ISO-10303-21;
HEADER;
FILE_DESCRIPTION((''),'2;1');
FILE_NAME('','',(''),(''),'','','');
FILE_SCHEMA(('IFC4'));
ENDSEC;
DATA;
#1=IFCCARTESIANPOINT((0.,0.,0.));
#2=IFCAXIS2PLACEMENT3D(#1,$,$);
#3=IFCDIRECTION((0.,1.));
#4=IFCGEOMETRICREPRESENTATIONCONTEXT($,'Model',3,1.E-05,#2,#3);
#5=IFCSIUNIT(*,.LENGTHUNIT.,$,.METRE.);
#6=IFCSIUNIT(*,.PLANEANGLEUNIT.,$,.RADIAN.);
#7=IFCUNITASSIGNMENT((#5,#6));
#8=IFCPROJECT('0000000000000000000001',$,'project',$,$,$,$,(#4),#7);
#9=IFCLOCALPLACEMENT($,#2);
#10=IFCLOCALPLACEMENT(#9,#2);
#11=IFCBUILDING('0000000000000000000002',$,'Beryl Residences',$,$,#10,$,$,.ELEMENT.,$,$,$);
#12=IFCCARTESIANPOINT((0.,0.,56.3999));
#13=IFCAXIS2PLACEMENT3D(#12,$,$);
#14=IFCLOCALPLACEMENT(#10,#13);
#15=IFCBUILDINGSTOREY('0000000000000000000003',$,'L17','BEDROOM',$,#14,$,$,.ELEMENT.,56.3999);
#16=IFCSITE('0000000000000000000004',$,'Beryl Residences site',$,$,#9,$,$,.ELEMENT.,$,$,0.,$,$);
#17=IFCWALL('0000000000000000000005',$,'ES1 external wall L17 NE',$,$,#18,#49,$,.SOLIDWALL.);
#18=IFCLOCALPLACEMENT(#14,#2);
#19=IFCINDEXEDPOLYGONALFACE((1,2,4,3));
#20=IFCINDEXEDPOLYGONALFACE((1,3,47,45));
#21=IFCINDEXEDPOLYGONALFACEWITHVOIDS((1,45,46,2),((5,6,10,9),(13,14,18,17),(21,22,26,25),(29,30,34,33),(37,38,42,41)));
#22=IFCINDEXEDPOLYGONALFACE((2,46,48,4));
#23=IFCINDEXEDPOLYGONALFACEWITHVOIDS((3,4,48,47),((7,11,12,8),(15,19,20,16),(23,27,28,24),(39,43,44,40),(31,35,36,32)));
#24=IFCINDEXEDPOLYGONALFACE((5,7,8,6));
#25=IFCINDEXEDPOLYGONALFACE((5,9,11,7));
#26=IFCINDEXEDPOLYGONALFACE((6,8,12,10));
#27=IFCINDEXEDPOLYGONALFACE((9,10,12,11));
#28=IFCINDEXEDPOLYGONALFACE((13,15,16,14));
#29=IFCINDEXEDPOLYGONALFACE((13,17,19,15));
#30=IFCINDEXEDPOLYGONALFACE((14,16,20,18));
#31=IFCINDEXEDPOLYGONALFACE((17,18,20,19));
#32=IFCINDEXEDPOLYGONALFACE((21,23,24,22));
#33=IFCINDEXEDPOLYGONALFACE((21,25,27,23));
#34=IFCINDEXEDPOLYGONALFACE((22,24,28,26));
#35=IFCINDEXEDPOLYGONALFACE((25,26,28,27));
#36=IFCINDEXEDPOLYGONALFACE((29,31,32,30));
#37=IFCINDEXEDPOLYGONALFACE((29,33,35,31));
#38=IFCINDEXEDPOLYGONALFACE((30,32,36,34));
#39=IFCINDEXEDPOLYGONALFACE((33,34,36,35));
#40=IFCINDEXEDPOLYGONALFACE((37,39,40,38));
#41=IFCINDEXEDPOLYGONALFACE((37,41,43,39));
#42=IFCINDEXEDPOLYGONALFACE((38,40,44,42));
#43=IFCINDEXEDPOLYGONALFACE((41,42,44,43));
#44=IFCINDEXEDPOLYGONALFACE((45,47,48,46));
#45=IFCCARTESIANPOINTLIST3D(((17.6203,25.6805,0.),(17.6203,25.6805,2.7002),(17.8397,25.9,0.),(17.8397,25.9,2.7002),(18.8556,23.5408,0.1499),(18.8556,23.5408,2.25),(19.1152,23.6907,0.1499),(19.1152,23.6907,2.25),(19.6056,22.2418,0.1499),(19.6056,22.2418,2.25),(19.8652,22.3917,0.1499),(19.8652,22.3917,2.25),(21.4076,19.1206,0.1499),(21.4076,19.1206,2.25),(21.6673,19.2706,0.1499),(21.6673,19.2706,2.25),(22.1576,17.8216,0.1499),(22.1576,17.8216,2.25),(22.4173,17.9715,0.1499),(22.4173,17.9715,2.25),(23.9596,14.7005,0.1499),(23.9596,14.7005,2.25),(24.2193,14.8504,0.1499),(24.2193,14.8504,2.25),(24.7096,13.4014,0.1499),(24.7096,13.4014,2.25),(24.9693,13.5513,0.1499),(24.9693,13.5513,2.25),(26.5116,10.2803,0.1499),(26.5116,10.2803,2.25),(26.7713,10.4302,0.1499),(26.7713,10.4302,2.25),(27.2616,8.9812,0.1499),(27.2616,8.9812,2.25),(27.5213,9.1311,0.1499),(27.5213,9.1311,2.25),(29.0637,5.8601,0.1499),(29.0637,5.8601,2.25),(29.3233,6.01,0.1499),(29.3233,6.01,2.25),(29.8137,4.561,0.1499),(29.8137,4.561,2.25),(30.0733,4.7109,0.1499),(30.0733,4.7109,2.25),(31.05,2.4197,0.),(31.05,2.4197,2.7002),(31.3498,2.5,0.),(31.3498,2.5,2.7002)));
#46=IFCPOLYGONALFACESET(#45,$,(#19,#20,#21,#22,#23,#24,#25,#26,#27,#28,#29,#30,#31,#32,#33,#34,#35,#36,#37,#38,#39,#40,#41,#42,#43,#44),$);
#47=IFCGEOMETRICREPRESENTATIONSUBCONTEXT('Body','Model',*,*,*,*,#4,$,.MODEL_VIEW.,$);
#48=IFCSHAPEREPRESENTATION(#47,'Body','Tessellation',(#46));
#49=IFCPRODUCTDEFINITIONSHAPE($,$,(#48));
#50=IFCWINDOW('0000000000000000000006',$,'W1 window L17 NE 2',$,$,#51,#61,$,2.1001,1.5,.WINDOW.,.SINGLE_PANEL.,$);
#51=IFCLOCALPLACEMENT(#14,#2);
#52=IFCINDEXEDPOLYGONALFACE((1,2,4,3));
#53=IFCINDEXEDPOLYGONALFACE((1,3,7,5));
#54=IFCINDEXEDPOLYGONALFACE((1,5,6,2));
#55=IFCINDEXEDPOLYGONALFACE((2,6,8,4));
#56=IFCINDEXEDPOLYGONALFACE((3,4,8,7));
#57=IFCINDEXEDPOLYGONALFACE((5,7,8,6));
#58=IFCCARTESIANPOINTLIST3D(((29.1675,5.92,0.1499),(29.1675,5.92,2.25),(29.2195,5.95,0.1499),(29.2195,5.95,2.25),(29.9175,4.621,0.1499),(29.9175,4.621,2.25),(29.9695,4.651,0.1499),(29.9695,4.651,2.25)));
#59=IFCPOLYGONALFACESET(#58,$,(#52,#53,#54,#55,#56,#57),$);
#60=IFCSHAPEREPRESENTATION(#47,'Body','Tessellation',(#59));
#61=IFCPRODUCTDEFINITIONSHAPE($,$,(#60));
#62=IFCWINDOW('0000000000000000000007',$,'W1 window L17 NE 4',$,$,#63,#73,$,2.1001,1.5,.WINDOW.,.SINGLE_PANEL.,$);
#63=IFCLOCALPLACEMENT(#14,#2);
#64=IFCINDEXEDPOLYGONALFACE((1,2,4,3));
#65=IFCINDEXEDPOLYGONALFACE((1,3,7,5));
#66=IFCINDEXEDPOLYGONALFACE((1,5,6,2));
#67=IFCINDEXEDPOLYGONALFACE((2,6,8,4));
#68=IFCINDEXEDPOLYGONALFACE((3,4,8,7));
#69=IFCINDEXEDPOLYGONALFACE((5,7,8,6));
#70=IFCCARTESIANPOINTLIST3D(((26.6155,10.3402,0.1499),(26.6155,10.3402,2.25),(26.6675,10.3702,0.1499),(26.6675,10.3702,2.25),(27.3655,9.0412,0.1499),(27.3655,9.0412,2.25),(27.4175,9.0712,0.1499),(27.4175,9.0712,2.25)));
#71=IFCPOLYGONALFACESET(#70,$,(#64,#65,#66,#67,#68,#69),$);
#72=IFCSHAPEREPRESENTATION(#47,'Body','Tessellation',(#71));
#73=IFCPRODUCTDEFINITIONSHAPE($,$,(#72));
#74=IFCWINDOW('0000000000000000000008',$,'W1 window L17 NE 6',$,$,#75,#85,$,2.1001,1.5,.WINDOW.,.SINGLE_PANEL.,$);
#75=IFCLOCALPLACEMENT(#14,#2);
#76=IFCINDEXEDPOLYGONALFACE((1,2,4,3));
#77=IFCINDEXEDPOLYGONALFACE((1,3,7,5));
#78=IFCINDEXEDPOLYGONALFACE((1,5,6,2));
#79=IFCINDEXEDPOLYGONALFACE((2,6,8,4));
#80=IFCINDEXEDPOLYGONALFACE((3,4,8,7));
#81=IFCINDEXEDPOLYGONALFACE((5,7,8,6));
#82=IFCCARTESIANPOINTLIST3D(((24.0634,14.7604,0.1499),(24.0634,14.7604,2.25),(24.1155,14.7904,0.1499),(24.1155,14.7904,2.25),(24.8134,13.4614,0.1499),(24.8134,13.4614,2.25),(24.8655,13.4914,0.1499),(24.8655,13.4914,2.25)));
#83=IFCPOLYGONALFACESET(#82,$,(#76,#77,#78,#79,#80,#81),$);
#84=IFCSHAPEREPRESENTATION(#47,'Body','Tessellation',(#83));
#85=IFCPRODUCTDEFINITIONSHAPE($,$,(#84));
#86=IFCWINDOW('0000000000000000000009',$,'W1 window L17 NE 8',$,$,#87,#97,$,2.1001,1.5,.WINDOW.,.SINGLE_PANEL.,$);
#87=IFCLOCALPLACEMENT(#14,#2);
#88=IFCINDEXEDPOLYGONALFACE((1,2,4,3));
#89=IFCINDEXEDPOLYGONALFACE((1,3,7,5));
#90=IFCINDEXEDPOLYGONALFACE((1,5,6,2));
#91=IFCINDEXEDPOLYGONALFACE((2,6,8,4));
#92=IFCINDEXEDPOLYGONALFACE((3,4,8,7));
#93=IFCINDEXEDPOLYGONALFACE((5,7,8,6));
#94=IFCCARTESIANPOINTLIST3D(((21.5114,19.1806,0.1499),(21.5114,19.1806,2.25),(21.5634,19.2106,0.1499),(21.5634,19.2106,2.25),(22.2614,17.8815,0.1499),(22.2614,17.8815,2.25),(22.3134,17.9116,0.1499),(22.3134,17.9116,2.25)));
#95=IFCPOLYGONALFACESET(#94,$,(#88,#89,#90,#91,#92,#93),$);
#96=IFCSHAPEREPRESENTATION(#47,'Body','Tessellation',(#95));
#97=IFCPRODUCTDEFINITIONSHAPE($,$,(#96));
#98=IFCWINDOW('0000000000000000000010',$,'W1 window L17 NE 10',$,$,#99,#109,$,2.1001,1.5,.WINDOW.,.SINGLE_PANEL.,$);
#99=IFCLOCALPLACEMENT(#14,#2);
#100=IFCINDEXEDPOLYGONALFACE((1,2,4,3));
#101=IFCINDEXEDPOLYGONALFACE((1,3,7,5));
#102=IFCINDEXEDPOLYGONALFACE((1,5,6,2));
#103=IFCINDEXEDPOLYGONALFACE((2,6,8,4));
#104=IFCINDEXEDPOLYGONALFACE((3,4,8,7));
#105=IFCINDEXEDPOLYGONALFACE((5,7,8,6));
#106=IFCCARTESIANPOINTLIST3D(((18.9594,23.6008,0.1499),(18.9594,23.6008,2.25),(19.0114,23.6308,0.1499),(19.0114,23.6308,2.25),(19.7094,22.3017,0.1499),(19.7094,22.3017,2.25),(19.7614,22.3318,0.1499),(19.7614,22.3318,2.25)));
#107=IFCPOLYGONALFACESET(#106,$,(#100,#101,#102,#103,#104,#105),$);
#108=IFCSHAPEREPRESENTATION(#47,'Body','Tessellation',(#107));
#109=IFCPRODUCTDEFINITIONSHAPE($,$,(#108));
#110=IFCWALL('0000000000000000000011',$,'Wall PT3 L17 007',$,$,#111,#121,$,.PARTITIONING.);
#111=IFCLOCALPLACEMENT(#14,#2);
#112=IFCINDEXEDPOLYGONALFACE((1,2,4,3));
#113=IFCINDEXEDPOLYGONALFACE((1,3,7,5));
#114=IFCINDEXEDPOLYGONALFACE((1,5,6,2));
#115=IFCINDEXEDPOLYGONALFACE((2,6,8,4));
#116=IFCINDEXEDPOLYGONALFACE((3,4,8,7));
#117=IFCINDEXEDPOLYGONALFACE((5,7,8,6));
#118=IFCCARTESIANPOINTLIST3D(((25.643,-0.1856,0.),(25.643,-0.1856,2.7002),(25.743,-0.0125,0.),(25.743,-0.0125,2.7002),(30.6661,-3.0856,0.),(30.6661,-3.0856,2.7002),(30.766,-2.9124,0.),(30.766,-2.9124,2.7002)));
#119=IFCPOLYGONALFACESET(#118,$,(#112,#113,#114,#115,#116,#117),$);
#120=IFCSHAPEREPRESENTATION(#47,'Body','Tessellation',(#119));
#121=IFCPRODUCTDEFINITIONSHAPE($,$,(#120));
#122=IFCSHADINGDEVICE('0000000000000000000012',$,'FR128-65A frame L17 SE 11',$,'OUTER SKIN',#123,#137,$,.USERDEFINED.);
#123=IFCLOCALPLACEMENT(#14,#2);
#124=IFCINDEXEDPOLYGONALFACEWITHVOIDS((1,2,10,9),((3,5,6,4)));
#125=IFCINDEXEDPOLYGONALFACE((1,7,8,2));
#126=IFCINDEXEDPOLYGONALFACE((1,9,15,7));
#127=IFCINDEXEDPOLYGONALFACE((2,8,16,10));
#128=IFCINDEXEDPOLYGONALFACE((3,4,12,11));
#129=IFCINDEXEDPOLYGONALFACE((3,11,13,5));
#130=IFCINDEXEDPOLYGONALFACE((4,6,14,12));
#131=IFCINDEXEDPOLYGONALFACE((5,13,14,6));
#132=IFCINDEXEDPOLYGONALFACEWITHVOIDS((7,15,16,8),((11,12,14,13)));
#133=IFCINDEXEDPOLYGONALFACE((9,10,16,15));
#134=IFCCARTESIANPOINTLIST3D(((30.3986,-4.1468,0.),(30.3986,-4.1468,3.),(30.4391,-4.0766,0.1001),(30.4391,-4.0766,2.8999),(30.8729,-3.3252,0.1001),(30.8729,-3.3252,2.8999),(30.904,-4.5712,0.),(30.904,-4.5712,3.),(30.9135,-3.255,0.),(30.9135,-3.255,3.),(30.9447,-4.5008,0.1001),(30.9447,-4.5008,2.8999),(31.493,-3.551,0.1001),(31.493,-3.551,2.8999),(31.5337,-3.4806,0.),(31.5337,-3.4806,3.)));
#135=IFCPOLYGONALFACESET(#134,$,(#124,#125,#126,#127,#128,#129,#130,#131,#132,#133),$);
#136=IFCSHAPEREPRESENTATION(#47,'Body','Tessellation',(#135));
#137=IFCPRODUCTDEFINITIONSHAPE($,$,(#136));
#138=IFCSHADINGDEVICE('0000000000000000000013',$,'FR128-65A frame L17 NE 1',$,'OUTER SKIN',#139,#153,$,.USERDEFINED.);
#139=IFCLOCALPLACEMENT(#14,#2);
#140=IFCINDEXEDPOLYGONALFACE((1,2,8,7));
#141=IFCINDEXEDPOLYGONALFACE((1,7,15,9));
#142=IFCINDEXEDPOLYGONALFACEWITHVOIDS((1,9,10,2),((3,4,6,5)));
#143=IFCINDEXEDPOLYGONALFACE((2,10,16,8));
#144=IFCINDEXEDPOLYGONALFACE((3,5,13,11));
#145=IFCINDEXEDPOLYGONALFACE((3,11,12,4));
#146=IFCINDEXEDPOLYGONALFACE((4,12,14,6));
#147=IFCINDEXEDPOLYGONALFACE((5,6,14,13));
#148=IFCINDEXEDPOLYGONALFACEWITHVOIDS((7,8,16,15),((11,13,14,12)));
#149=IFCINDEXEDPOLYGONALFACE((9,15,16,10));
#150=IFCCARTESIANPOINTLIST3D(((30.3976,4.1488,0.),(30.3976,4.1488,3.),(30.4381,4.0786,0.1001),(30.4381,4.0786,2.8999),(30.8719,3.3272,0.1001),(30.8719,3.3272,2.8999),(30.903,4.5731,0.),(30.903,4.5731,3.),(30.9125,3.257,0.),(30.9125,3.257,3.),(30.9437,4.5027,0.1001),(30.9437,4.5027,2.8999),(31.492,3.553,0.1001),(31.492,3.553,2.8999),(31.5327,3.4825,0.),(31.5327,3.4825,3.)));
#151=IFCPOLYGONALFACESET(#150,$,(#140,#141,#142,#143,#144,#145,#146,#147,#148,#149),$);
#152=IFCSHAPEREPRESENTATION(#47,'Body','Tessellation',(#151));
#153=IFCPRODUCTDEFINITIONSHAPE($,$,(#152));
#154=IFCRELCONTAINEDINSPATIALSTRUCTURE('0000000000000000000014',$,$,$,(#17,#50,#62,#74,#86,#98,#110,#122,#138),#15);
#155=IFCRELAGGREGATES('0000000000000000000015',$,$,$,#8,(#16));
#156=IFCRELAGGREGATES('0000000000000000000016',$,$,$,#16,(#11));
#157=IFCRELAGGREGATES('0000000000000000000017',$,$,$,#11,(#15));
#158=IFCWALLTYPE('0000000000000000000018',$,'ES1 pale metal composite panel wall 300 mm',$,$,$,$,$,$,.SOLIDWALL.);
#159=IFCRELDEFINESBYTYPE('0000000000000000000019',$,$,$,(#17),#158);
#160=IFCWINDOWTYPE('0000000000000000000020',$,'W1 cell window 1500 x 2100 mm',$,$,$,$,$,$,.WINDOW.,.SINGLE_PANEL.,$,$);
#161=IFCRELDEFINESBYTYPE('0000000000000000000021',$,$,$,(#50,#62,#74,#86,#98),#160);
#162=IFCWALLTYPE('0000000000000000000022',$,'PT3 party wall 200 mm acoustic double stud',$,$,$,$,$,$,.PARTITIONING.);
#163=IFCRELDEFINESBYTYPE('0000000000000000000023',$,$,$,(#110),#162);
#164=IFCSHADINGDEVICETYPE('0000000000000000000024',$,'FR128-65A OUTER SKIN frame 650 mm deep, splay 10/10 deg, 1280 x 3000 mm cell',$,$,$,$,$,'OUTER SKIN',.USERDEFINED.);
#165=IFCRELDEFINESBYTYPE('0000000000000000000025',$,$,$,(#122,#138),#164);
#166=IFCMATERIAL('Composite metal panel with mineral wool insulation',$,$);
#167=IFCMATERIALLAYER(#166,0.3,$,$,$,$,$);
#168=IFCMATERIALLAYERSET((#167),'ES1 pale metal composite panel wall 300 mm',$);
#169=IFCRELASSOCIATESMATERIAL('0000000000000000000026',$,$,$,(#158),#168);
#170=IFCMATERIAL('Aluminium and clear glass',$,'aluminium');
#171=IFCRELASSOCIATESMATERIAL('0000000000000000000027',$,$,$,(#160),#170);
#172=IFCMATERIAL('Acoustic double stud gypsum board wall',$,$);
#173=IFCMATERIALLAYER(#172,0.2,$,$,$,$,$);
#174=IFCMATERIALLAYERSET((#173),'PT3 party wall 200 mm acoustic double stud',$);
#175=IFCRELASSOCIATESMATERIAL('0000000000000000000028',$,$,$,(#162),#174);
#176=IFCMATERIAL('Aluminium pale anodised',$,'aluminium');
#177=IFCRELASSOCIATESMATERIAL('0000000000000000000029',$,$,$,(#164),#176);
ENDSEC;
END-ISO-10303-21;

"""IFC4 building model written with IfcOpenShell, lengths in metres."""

from ifc_helpers import new_model, entity, si_unit, direction, frame, frame_2d, origin, place, context, subcontext, project, spatial, polyline, rectangle, outline, extrude, source, transform, mapped, material, layer, layer_set, type_object, type_shapes, element, fill, save


model = new_model("IFC4")

# Units and contexts
model_context = context("Model", 3, precision=1e-05, world=origin(), true_north=direction((0.0, 1.0)))
body_context = subcontext(model_context, "Body", "Model", "MODEL_VIEW")
ifc_project = project(units=[si_unit("LENGTHUNIT", "METRE"), si_unit("PLANEANGLEUNIT", "RADIAN")], contexts=[model_context])

# Site, building, storey
site_placement = place(None, origin())
site = spatial("IfcSite", under=ifc_project, at=site_placement, Name="Beryl Residences site", CompositionType="ELEMENT", RefElevation=0.0)
building_placement = place(site_placement, origin())
building = spatial("IfcBuilding", under=site, at=building_placement, Name="Beryl Residences", CompositionType="ELEMENT")
storey_placement = place(building_placement, frame((0.0, 0.0, 56.3999)))
storey = spatial("IfcBuildingStorey", under=building, at=storey_placement, Name="L17", Description="BEDROOM", CompositionType="ELEMENT", Elevation=56.3999)

# Shared definitions
ifc_material_1 = material(Name="Composite metal panel with mineral wool insulation")
ifc_layer_1 = layer(ifc_material_1, 0.3)
ifc_layer_set_1 = layer_set([ifc_layer_1], Name="ES1 pale metal composite panel wall 300 mm")
wall_type_1 = type_object("IfcWallType", Name="ES1 pale metal composite panel wall 300 mm", PredefinedType="SOLIDWALL", material=ifc_layer_set_1)

# Wall, openings, windows
wall_1_placement = place(storey_placement, frame((31.22, 2.425, 0.0), z_axis=(0.0, 0.0, 1.0), x_axis=(-0.500002, 0.866024, 0.0)))
wall_1 = element("IfcWall", 1, at=wall_1_placement, inside=storey, type_object=wall_type_1, Name="ES1 external wall L17 NE", PredefinedType="SOLIDWALL", context=body_context, shape_type="SweptSolid", body=[
    extrude(outline(polyline([(0.0, -0.1499), (27.02, -0.1499), (26.9397, 0.1499), (0.0803, 0.1499), (0.0, -0.1499)])), origin(), (0.0, 0.0, 1.0), 2.7002),
])
opening_1_placement = place(wall_1_placement, frame((2.553, 0.0, 0.1499)))
opening_1 = element("IfcOpeningElement", 2, at=opening_1_placement, cuts=wall_1, PredefinedType="OPENING", context=body_context, shape_type="SweptSolid", body=[
    extrude(rectangle(XDim=1.5, YDim=2.1001, at=frame_2d((0.75, 1.05))), frame((0.0, 0.1599, 0.0), z_axis=(0.0, -1.0, 0.0), x_axis=(1.0, 0.0, 0.0)), (0.0, 0.0, 1.0), 0.3201),
])
opening_2_placement = place(wall_1_placement, frame((7.657, 0.0, 0.1499)))
opening_2 = element("IfcOpeningElement", 3, at=opening_2_placement, cuts=wall_1, PredefinedType="OPENING", context=body_context, shape_type="SweptSolid", body=[
    extrude(rectangle(XDim=1.5, YDim=2.1001, at=frame_2d((0.75, 1.05))), frame((0.0, 0.1599, 0.0), z_axis=(0.0, -1.0, 0.0), x_axis=(1.0, 0.0, 0.0)), (0.0, 0.0, 1.0), 0.3201),
])
opening_3_placement = place(wall_1_placement, frame((12.761, 0.0, 0.1499)))
opening_3 = element("IfcOpeningElement", 4, at=opening_3_placement, cuts=wall_1, PredefinedType="OPENING", context=body_context, shape_type="SweptSolid", body=[
    extrude(rectangle(XDim=1.5, YDim=2.1001, at=frame_2d((0.75, 1.05))), frame((0.0, 0.1599, 0.0), z_axis=(0.0, -1.0, 0.0), x_axis=(1.0, 0.0, 0.0)), (0.0, 0.0, 1.0), 0.3201),
])
opening_4_placement = place(wall_1_placement, frame((17.865, 0.0, 0.1499)))
opening_4 = element("IfcOpeningElement", 5, at=opening_4_placement, cuts=wall_1, PredefinedType="OPENING", context=body_context, shape_type="SweptSolid", body=[
    extrude(rectangle(XDim=1.5, YDim=2.1001, at=frame_2d((0.75, 1.05))), frame((0.0, 0.1599, 0.0), z_axis=(0.0, -1.0, 0.0), x_axis=(1.0, 0.0, 0.0)), (0.0, 0.0, 1.0), 0.3201),
])
opening_5_placement = place(wall_1_placement, frame((22.969, 0.0, 0.1499)))
opening_5 = element("IfcOpeningElement", 6, at=opening_5_placement, cuts=wall_1, PredefinedType="OPENING", context=body_context, shape_type="SweptSolid", body=[
    extrude(rectangle(XDim=1.5, YDim=2.1001, at=frame_2d((0.75, 1.05))), frame((0.0, 0.1599, 0.0), z_axis=(0.0, -1.0, 0.0), x_axis=(1.0, 0.0, 0.0)), (0.0, 0.0, 1.0), 0.3201),
])
ifc_material_2 = material(Name="Aluminium and clear glass", Category="aluminium")
window_type_1 = type_object("IfcWindowType", Name="W1 cell window 1500 x 2100 mm", PartitioningType="SINGLE_PANEL", PredefinedType="WINDOW", material=ifc_material_2)
window_1_placement = place(opening_1_placement, origin())
window_1 = element("IfcWindow", 7, at=window_1_placement, inside=storey, type_object=window_type_1, Name="W1 window L17 NE 2", OverallHeight=2.1001, OverallWidth=1.5, PartitioningType="SINGLE_PANEL", PredefinedType="WINDOW", context=body_context, shape_type="SweptSolid", body=[
    extrude(rectangle(XDim=1.5, YDim=2.1001, at=frame_2d((0.75, 1.05))), frame((0.0, 0.03, 0.0), z_axis=(0.0, -1.0, 0.0), x_axis=(1.0, 0.0, 0.0)), (0.0, 0.0, 1.0), 0.0601),
])
fill(opening_1, window_1)
window_2_placement = place(opening_2_placement, origin())
window_2 = element("IfcWindow", 8, at=window_2_placement, inside=storey, type_object=window_type_1, Name="W1 window L17 NE 4", OverallHeight=2.1001, OverallWidth=1.5, PartitioningType="SINGLE_PANEL", PredefinedType="WINDOW", context=body_context, shape_type="SweptSolid", body=[
    extrude(rectangle(XDim=1.5, YDim=2.1001, at=frame_2d((0.75, 1.05))), frame((0.0, 0.03, 0.0), z_axis=(0.0, -1.0, 0.0), x_axis=(1.0, 0.0, 0.0)), (0.0, 0.0, 1.0), 0.0601),
])
fill(opening_2, window_2)
window_3_placement = place(opening_3_placement, origin())
window_3 = element("IfcWindow", 9, at=window_3_placement, inside=storey, type_object=window_type_1, Name="W1 window L17 NE 6", OverallHeight=2.1001, OverallWidth=1.5, PartitioningType="SINGLE_PANEL", PredefinedType="WINDOW", context=body_context, shape_type="SweptSolid", body=[
    extrude(rectangle(XDim=1.5, YDim=2.1001, at=frame_2d((0.75, 1.05))), frame((0.0, 0.03, 0.0), z_axis=(0.0, -1.0, 0.0), x_axis=(1.0, 0.0, 0.0)), (0.0, 0.0, 1.0), 0.0601),
])
fill(opening_3, window_3)
window_4_placement = place(opening_4_placement, origin())
window_4 = element("IfcWindow", 10, at=window_4_placement, inside=storey, type_object=window_type_1, Name="W1 window L17 NE 8", OverallHeight=2.1001, OverallWidth=1.5, PartitioningType="SINGLE_PANEL", PredefinedType="WINDOW", context=body_context, shape_type="SweptSolid", body=[
    extrude(rectangle(XDim=1.5, YDim=2.1001, at=frame_2d((0.75, 1.05))), frame((0.0, 0.03, 0.0), z_axis=(0.0, -1.0, 0.0), x_axis=(1.0, 0.0, 0.0)), (0.0, 0.0, 1.0), 0.0601),
])
fill(opening_4, window_4)
window_5_placement = place(opening_5_placement, origin())
window_5 = element("IfcWindow", 11, at=window_5_placement, inside=storey, type_object=window_type_1, Name="W1 window L17 NE 10", OverallHeight=2.1001, OverallWidth=1.5, PartitioningType="SINGLE_PANEL", PredefinedType="WINDOW", context=body_context, shape_type="SweptSolid", body=[
    extrude(rectangle(XDim=1.5, YDim=2.1001, at=frame_2d((0.75, 1.05))), frame((0.0, 0.03, 0.0), z_axis=(0.0, -1.0, 0.0), x_axis=(1.0, 0.0, 0.0)), (0.0, 0.0, 1.0), 0.0601),
])
fill(opening_5, window_5)

# Wall
ifc_material_3 = material(Name="Acoustic double stud gypsum board wall")
ifc_layer_2 = layer(ifc_material_3, 0.2)
ifc_layer_set_2 = layer_set([ifc_layer_2], Name="PT3 party wall 200 mm acoustic double stud")
wall_type_2 = type_object("IfcWallType", Name="PT3 party wall 200 mm acoustic double stud", PredefinedType="PARTITIONING", material=ifc_layer_set_2)
wall_2_placement = place(storey_placement, frame((25.6931, -0.0991, 0.0), z_axis=(0.0, 0.0, 1.0), x_axis=(0.866033, -0.499987, 0.0)))
element("IfcWall", 12, at=wall_2_placement, inside=storey, type_object=wall_type_2, Name="Wall PT3 L17 007", PredefinedType="PARTITIONING", context=body_context, shape_type="SweptSolid", body=[
    extrude(rectangle(XDim=5.8, YDim=0.2, at=frame_2d((2.8999, 0.0))), origin(), (0.0, 0.0, 1.0), 2.7002),
])

# Shading devices
ifc_material_4 = material(Name="Aluminium pale anodised", Category="aluminium")
shading_device_type_1 = type_object("IfcShadingDeviceType", Name="FR128-65A OUTER SKIN frame 650 mm deep, splay 10/10 deg, 1280 x 3000 mm cell", ElementType="OUTER SKIN", PredefinedType="USERDEFINED", material=ifc_material_4)
cartesian_point_1 = entity("IfcCartesianPoint", [-0.5149, 0.0])
cartesian_point_2 = entity("IfcCartesianPoint", [-0.4338, 0.1001])
cartesian_point_3 = entity("IfcCartesianPoint", [-0.6296, 0.0])
cartesian_point_4 = entity("IfcCartesianPoint", [-0.5483, 0.1001])
shared_shape_1 = source(origin(), body_context, "Body", "SweptSolid", [
    entity("IfcExtrudedAreaSolidTapered", entity("IfcArbitraryProfileDefWithVoids", "AREA", None, entity("IfcPolyline", [cartesian_point_1, entity("IfcCartesianPoint", [0.5149, 0.0]), entity("IfcCartesianPoint", [0.5149, 3.0]), entity("IfcCartesianPoint", [-0.5149, 3.0]), cartesian_point_1]), [entity("IfcPolyline", [cartesian_point_2, entity("IfcCartesianPoint", [0.4338, 0.1001]), entity("IfcCartesianPoint", [0.4338, 2.8999]), entity("IfcCartesianPoint", [-0.4338, 2.8999]), cartesian_point_2])]), entity("IfcAxis2Placement3D", entity("IfcCartesianPoint", [0.0, 0.0, 0.0]), entity("IfcDirection", [0.0, 1.0, 0.0]), entity("IfcDirection", [-1.0, 0.0, 0.0])), entity("IfcDirection", [0.0, 0.0, 1.0]), 0.6499, entity("IfcArbitraryProfileDefWithVoids", "AREA", None, entity("IfcPolyline", [cartesian_point_3, entity("IfcCartesianPoint", [0.6296, 0.0]), entity("IfcCartesianPoint", [0.6296, 3.0]), entity("IfcCartesianPoint", [-0.6296, 3.0]), cartesian_point_3]), [entity("IfcPolyline", [cartesian_point_4, entity("IfcCartesianPoint", [0.5483, 0.1001]), entity("IfcCartesianPoint", [0.5483, 2.8999]), entity("IfcCartesianPoint", [-0.5483, 2.8999]), cartesian_point_4])])),
])
type_shapes(shading_device_type_1, [shared_shape_1])
for number, where, z_axis, x_axis, name in (
    (13, (30.656, -3.7009, 0.0), (0.0, 0.0, 1.0), (-0.5, -0.866025, 0.0), "FR128-65A frame L17 SE 11"),
    (14, (30.655, 3.7029, 0.0), (0.0, 0.0, 1.0), (0.5, -0.866025, 0.0), "FR128-65A frame L17 NE 1"),
):
    element("IfcShadingDevice", number, at=place(storey_placement, frame(where, z_axis=z_axis, x_axis=x_axis)), inside=storey, type_object=shading_device_type_1, Name=name, ObjectType="OUTER SKIN", PredefinedType="USERDEFINED", context=body_context, shape_type="MappedRepresentation", body=[
        mapped(shared_shape_1, transform((0.0, 0.0, 0.0))),
    ])

save(model, "model.ifc")
